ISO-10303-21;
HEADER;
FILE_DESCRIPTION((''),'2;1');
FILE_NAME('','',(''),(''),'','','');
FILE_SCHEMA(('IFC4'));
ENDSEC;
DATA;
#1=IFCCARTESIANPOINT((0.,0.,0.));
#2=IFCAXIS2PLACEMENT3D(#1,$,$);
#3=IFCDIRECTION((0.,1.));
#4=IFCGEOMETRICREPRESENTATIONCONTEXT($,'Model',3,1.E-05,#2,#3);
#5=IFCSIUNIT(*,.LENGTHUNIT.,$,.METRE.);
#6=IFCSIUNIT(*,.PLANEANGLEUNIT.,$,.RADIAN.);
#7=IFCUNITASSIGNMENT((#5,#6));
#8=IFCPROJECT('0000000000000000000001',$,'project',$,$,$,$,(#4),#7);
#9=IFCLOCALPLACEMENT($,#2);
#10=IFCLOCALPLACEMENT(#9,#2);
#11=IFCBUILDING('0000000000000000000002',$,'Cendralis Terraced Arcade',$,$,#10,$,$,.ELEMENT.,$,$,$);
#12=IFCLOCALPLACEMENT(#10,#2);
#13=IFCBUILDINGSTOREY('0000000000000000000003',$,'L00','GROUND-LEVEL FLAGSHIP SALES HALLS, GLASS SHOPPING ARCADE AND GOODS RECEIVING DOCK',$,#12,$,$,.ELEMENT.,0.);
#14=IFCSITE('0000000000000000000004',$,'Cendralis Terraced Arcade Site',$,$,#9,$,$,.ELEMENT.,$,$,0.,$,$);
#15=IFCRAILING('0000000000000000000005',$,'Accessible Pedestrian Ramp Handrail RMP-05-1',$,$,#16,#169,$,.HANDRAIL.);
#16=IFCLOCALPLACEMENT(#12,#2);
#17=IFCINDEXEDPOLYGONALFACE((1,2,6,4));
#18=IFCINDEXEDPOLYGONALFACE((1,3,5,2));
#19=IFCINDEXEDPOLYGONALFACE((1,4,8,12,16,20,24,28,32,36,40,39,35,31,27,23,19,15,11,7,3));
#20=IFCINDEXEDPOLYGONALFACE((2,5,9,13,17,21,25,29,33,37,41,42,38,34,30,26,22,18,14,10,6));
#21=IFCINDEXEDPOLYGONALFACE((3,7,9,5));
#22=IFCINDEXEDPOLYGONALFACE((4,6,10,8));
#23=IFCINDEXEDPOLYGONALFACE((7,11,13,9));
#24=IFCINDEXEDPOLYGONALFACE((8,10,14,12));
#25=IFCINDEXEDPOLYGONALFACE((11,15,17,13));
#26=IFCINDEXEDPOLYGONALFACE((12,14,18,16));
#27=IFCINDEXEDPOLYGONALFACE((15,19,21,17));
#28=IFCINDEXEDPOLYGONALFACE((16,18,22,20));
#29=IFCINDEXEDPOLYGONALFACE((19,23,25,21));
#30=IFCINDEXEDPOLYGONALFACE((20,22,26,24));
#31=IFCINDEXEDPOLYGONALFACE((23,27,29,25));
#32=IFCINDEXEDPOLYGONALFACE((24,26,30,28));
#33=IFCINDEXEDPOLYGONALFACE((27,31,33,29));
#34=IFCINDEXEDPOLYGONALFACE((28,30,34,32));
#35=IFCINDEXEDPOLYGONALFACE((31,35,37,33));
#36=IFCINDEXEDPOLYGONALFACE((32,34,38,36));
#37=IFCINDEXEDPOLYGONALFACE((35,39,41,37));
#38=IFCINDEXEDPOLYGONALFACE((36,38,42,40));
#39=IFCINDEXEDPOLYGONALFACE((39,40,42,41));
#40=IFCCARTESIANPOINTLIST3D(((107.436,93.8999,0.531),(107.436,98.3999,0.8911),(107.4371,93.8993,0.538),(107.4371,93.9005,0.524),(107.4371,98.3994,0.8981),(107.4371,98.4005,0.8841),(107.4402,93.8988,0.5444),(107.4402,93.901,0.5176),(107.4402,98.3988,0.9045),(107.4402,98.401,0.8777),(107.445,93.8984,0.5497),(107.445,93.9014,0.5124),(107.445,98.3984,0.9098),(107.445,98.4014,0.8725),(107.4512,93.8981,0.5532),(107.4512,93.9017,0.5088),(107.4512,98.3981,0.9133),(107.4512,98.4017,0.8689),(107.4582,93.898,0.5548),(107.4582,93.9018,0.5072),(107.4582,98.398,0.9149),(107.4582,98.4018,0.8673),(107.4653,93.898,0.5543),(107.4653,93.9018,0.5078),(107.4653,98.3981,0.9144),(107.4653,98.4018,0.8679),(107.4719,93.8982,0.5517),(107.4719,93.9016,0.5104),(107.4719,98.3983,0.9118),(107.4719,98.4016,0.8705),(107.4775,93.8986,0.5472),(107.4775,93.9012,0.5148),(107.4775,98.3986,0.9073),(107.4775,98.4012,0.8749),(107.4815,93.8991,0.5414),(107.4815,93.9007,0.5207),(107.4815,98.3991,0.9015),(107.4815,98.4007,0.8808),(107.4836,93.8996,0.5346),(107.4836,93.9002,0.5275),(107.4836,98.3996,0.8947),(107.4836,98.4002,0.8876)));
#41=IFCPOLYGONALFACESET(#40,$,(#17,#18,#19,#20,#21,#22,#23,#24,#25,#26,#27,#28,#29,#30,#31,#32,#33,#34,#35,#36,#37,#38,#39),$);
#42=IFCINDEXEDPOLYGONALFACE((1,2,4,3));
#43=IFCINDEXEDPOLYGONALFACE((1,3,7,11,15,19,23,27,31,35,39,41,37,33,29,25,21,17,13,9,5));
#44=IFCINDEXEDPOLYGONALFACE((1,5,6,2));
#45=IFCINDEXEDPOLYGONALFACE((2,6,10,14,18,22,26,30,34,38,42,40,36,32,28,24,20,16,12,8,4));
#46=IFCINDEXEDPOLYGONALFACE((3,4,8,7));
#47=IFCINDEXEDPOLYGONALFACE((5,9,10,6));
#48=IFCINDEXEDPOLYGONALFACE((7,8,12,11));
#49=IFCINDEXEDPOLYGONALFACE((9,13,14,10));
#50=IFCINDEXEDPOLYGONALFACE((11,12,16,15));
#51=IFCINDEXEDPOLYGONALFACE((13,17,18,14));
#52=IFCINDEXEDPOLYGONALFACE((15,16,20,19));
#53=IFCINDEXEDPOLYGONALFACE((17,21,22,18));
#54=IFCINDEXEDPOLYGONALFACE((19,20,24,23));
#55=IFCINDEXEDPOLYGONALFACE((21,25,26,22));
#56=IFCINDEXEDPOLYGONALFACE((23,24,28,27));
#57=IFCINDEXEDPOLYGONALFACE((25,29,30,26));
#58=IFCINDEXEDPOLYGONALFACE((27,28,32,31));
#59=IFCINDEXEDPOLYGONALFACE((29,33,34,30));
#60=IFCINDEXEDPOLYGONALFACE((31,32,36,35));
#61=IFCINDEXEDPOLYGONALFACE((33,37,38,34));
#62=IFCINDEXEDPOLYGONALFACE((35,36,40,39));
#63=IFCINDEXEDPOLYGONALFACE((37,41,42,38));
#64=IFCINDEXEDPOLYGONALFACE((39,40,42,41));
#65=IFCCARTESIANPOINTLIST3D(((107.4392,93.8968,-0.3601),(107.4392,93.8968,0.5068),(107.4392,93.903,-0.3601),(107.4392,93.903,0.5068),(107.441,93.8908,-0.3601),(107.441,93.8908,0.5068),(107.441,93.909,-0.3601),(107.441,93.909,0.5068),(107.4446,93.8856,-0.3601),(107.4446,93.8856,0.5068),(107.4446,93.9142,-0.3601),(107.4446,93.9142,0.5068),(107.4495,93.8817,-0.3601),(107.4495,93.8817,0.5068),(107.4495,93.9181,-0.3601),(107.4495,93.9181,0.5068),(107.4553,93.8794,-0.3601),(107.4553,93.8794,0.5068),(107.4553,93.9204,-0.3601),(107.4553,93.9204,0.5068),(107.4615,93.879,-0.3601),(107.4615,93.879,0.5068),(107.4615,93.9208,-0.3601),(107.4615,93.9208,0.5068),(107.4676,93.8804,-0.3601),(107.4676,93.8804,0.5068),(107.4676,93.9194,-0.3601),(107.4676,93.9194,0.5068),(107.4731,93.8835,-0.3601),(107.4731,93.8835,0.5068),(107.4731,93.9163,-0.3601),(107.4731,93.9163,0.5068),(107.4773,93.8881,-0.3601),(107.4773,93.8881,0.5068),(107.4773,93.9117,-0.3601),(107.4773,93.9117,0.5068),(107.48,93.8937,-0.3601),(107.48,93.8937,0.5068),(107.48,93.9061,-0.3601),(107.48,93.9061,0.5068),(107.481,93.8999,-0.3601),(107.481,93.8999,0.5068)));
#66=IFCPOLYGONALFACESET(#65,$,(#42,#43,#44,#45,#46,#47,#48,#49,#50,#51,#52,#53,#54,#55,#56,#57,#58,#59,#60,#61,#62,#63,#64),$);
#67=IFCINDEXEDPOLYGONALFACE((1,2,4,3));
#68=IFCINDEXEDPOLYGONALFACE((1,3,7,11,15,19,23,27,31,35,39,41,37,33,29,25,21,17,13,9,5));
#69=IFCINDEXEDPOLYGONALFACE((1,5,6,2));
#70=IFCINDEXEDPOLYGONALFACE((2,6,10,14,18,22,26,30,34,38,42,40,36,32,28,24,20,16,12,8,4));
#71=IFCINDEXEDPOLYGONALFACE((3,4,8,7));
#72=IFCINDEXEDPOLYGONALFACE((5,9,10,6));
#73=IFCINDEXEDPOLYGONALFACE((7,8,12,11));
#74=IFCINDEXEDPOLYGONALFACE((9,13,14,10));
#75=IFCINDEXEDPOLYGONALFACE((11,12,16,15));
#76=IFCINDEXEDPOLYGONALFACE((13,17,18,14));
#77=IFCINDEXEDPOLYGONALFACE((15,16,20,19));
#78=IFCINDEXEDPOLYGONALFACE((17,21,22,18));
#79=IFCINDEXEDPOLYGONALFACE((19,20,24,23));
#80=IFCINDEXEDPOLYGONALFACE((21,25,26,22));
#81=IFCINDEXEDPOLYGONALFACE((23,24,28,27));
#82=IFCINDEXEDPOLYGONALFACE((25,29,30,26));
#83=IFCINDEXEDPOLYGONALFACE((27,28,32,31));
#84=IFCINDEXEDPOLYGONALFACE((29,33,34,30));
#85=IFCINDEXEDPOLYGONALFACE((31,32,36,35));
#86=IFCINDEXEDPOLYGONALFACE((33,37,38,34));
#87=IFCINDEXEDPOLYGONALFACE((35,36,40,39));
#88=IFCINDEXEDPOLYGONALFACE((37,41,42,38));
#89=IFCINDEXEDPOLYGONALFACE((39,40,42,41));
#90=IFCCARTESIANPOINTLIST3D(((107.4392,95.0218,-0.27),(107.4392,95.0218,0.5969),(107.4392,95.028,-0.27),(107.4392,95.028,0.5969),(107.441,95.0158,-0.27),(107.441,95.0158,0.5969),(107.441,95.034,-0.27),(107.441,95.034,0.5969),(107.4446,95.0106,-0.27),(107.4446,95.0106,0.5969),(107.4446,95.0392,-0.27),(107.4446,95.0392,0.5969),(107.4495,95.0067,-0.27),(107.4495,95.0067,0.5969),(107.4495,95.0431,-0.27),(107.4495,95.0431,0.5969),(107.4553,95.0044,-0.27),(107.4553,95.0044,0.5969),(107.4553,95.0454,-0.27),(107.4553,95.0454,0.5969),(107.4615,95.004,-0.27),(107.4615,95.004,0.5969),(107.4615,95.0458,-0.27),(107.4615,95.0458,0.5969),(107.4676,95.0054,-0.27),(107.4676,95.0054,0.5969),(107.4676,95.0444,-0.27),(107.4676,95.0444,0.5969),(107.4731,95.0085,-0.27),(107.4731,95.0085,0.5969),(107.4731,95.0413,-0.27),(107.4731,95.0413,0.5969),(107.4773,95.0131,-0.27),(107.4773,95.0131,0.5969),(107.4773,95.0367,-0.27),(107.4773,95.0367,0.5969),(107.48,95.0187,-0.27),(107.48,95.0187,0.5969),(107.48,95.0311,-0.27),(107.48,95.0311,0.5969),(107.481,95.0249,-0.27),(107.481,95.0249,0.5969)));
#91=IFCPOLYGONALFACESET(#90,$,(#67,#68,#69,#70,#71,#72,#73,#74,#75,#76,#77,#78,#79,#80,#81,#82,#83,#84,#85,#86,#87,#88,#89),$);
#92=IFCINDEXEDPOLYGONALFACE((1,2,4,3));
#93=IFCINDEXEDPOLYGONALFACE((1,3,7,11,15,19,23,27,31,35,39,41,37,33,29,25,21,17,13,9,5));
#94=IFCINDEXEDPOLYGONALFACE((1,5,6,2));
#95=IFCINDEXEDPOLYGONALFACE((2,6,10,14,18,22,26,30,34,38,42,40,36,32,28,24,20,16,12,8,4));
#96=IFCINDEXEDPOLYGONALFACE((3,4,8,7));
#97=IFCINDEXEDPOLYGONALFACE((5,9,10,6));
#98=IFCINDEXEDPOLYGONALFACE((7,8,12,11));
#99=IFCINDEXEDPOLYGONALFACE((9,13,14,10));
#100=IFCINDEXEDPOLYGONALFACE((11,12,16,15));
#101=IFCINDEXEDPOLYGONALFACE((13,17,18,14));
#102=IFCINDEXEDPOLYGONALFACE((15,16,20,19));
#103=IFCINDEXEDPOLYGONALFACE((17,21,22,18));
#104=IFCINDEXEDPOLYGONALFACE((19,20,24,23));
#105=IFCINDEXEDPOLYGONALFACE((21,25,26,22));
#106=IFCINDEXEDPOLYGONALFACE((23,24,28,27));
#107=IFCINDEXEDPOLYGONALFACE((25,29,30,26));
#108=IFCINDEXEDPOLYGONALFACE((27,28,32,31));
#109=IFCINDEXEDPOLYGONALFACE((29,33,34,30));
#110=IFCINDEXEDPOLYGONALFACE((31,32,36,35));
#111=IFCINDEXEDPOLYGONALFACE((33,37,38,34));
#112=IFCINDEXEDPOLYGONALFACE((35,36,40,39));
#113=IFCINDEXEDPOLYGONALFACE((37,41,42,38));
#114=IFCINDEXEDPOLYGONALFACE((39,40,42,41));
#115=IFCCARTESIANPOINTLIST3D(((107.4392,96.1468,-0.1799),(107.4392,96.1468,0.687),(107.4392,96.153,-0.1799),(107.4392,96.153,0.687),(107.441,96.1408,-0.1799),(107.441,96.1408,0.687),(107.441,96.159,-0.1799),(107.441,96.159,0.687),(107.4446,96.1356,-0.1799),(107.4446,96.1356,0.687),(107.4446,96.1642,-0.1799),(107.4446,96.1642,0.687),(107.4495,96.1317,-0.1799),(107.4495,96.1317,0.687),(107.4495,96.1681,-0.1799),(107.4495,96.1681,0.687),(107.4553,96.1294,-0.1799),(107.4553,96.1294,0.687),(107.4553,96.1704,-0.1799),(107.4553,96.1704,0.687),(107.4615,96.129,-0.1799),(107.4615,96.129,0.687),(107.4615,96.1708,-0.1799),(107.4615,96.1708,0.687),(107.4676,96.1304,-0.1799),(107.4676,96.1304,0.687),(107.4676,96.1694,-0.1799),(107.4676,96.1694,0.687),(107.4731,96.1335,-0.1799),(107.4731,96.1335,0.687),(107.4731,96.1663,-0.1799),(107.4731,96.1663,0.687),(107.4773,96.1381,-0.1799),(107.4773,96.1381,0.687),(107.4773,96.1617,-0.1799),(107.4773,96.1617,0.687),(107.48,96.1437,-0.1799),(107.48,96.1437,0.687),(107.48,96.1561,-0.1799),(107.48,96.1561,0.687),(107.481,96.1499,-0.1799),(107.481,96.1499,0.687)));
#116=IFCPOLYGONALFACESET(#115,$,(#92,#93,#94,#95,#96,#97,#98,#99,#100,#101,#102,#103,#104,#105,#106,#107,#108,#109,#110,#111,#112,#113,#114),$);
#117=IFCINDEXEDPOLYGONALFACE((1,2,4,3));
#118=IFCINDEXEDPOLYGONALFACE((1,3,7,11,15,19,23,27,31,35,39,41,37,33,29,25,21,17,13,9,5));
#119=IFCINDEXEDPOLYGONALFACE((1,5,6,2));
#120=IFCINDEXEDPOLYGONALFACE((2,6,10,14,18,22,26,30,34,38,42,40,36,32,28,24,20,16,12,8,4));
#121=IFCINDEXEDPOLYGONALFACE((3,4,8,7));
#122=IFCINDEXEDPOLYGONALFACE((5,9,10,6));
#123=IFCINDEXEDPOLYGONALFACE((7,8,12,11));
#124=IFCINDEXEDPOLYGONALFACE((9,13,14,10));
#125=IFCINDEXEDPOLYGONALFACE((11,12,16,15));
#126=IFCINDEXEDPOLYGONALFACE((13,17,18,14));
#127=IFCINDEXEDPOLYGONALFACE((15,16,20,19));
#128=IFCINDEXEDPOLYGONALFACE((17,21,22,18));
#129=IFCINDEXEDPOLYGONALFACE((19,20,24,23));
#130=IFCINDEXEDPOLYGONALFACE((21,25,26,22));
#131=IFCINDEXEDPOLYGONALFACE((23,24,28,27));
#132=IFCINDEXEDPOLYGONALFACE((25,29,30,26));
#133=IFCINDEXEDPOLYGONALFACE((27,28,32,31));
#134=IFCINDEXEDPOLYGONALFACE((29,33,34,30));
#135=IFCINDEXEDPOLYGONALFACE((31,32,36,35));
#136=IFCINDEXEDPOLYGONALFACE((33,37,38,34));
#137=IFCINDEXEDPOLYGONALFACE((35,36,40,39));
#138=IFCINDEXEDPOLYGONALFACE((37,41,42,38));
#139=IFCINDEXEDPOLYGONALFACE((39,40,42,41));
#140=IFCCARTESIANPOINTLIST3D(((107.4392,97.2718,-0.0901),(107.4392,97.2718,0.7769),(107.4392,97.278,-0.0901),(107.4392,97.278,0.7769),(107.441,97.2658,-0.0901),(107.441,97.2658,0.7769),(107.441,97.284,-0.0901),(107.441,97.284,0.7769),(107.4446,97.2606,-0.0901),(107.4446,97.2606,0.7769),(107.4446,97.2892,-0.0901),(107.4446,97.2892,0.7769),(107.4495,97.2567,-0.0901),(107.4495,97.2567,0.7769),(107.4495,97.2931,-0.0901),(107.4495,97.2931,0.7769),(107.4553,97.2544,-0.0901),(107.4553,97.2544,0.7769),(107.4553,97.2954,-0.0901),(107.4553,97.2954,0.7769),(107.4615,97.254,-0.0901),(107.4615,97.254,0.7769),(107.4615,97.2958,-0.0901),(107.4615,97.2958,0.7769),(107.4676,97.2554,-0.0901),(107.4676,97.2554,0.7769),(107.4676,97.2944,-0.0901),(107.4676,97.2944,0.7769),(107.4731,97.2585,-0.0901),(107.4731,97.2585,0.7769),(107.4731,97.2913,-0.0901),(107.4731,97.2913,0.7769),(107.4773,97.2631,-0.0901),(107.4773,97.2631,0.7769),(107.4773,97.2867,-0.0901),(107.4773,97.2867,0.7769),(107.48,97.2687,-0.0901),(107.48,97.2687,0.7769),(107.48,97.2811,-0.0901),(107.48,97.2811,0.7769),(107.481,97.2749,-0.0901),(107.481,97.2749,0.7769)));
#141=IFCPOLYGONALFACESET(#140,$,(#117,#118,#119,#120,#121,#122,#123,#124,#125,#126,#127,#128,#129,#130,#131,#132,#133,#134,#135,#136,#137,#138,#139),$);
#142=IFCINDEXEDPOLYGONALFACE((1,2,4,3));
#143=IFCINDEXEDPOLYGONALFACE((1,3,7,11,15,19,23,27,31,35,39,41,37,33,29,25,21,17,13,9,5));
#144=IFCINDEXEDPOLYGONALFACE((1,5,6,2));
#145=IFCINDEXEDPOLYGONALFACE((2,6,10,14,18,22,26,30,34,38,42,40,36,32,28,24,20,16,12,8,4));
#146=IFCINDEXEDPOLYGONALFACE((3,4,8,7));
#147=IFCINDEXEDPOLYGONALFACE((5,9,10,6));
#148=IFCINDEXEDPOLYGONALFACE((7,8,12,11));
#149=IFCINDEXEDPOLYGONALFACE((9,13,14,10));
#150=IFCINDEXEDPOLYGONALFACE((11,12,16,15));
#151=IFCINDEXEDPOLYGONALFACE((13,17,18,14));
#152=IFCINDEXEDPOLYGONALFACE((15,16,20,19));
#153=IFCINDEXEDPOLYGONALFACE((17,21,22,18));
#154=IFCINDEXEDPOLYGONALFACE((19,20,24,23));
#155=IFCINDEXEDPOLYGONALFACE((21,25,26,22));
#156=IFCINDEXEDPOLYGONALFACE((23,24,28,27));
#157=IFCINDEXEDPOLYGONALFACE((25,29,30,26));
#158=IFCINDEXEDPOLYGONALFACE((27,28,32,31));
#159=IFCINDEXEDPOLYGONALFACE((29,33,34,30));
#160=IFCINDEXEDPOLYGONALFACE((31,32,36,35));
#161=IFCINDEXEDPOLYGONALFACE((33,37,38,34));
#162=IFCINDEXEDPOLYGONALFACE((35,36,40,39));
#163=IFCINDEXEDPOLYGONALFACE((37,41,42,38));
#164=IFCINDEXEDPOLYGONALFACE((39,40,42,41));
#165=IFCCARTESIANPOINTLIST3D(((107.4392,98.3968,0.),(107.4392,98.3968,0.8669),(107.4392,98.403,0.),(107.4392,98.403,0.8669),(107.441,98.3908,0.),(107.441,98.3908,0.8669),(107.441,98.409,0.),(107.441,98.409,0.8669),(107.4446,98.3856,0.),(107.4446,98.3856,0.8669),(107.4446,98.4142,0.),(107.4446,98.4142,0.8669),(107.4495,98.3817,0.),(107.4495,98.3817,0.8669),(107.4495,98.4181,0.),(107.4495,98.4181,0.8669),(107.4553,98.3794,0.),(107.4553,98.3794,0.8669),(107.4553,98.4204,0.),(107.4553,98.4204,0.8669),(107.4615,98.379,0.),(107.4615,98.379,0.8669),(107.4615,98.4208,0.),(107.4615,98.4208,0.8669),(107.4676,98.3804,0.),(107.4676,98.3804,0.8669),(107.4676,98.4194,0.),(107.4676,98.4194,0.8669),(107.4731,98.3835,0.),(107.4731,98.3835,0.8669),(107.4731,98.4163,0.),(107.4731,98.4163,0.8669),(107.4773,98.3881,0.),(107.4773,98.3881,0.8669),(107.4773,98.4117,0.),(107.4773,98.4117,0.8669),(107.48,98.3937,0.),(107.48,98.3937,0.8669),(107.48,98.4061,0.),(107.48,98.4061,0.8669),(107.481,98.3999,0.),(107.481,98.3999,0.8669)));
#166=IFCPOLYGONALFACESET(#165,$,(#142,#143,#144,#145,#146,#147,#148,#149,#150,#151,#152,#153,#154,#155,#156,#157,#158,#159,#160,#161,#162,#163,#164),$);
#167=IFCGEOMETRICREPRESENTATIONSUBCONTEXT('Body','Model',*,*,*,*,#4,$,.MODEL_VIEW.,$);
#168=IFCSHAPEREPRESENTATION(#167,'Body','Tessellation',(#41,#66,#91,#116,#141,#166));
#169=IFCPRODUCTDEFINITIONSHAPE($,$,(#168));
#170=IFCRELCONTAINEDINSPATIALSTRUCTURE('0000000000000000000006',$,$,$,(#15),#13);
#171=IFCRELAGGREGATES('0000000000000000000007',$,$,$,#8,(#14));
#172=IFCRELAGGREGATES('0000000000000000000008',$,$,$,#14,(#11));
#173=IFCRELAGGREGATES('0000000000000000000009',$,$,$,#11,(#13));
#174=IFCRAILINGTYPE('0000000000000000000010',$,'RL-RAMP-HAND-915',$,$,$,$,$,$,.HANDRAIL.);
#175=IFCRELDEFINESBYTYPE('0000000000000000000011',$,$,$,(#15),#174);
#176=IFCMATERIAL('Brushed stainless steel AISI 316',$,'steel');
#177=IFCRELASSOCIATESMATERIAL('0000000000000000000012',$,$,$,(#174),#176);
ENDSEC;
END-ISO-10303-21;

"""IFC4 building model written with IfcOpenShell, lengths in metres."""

from ifc_helpers import new_model, si_unit, direction, frame, origin, origin_2d, place, context, subcontext, project, spatial, circle, extrude, material, type_object, element, save


model = new_model("IFC4")

# Units and contexts
model_context = context("Model", 3, precision=1e-05, world=origin(), true_north=direction((0.0, 1.0)))
body_context = subcontext(model_context, "Body", "Model", "MODEL_VIEW")
ifc_project = project(units=[si_unit("LENGTHUNIT", "METRE"), si_unit("PLANEANGLEUNIT", "RADIAN")], contexts=[model_context])

# Site, building, storey
site_placement = place(None, origin())
site = spatial("IfcSite", under=ifc_project, at=site_placement, Name="Cendralis Terraced Arcade Site", CompositionType="ELEMENT", RefElevation=0.0)
building_placement = place(site_placement, origin())
building = spatial("IfcBuilding", under=site, at=building_placement, Name="Cendralis Terraced Arcade", CompositionType="ELEMENT")
storey_placement = place(building_placement, origin())
storey = spatial("IfcBuildingStorey", under=building, at=storey_placement, Name="L00", Description="GROUND-LEVEL FLAGSHIP SALES HALLS, GLASS SHOPPING ARCADE AND GOODS RECEIVING DOCK", CompositionType="ELEMENT", Elevation=0.0)

# Railing
ifc_material_1 = material(Name="Brushed stainless steel AISI 316", Category="steel")
railing_type_1 = type_object("IfcRailingType", Name="RL-RAMP-HAND-915", PredefinedType="HANDRAIL", material=ifc_material_1)
railing_1_placement = place(storey_placement, frame((107.46, 93.8999, -0.3601)))
element("IfcRailing", 1, at=railing_1_placement, inside=storey, type_object=railing_type_1, Name="Accessible Pedestrian Ramp Handrail RMP-05-1", PredefinedType="HANDRAIL", context=body_context, shape_type="SweptSolid", body=[
    extrude(circle(Radius=0.0239, at=origin_2d()), frame((0.0, 0.0, 0.8911), z_axis=(0.0, 0.996813, 0.079769), x_axis=(-1.0, 0.0, 0.0)), (0.0, 0.0, 1.0), 4.5144),
    extrude(circle(Radius=0.021, at=origin_2d()), origin(), (0.0, 0.0, 1.0), 0.8669),
    extrude(circle(Radius=0.021, at=origin_2d()), frame((0.0, 1.125, 0.0901)), (0.0, 0.0, 1.0), 0.8669),
    extrude(circle(Radius=0.021, at=origin_2d()), frame((0.0, 2.25, 0.1802)), (0.0, 0.0, 1.0), 0.8669),
    extrude(circle(Radius=0.021, at=origin_2d()), frame((0.0, 3.375, 0.27)), (0.0, 0.0, 1.0), 0.8669),
    extrude(circle(Radius=0.021, at=origin_2d()), frame((0.0, 4.5, 0.3601)), (0.0, 0.0, 1.0), 0.8669),
])

save(model, "model.ifc")
